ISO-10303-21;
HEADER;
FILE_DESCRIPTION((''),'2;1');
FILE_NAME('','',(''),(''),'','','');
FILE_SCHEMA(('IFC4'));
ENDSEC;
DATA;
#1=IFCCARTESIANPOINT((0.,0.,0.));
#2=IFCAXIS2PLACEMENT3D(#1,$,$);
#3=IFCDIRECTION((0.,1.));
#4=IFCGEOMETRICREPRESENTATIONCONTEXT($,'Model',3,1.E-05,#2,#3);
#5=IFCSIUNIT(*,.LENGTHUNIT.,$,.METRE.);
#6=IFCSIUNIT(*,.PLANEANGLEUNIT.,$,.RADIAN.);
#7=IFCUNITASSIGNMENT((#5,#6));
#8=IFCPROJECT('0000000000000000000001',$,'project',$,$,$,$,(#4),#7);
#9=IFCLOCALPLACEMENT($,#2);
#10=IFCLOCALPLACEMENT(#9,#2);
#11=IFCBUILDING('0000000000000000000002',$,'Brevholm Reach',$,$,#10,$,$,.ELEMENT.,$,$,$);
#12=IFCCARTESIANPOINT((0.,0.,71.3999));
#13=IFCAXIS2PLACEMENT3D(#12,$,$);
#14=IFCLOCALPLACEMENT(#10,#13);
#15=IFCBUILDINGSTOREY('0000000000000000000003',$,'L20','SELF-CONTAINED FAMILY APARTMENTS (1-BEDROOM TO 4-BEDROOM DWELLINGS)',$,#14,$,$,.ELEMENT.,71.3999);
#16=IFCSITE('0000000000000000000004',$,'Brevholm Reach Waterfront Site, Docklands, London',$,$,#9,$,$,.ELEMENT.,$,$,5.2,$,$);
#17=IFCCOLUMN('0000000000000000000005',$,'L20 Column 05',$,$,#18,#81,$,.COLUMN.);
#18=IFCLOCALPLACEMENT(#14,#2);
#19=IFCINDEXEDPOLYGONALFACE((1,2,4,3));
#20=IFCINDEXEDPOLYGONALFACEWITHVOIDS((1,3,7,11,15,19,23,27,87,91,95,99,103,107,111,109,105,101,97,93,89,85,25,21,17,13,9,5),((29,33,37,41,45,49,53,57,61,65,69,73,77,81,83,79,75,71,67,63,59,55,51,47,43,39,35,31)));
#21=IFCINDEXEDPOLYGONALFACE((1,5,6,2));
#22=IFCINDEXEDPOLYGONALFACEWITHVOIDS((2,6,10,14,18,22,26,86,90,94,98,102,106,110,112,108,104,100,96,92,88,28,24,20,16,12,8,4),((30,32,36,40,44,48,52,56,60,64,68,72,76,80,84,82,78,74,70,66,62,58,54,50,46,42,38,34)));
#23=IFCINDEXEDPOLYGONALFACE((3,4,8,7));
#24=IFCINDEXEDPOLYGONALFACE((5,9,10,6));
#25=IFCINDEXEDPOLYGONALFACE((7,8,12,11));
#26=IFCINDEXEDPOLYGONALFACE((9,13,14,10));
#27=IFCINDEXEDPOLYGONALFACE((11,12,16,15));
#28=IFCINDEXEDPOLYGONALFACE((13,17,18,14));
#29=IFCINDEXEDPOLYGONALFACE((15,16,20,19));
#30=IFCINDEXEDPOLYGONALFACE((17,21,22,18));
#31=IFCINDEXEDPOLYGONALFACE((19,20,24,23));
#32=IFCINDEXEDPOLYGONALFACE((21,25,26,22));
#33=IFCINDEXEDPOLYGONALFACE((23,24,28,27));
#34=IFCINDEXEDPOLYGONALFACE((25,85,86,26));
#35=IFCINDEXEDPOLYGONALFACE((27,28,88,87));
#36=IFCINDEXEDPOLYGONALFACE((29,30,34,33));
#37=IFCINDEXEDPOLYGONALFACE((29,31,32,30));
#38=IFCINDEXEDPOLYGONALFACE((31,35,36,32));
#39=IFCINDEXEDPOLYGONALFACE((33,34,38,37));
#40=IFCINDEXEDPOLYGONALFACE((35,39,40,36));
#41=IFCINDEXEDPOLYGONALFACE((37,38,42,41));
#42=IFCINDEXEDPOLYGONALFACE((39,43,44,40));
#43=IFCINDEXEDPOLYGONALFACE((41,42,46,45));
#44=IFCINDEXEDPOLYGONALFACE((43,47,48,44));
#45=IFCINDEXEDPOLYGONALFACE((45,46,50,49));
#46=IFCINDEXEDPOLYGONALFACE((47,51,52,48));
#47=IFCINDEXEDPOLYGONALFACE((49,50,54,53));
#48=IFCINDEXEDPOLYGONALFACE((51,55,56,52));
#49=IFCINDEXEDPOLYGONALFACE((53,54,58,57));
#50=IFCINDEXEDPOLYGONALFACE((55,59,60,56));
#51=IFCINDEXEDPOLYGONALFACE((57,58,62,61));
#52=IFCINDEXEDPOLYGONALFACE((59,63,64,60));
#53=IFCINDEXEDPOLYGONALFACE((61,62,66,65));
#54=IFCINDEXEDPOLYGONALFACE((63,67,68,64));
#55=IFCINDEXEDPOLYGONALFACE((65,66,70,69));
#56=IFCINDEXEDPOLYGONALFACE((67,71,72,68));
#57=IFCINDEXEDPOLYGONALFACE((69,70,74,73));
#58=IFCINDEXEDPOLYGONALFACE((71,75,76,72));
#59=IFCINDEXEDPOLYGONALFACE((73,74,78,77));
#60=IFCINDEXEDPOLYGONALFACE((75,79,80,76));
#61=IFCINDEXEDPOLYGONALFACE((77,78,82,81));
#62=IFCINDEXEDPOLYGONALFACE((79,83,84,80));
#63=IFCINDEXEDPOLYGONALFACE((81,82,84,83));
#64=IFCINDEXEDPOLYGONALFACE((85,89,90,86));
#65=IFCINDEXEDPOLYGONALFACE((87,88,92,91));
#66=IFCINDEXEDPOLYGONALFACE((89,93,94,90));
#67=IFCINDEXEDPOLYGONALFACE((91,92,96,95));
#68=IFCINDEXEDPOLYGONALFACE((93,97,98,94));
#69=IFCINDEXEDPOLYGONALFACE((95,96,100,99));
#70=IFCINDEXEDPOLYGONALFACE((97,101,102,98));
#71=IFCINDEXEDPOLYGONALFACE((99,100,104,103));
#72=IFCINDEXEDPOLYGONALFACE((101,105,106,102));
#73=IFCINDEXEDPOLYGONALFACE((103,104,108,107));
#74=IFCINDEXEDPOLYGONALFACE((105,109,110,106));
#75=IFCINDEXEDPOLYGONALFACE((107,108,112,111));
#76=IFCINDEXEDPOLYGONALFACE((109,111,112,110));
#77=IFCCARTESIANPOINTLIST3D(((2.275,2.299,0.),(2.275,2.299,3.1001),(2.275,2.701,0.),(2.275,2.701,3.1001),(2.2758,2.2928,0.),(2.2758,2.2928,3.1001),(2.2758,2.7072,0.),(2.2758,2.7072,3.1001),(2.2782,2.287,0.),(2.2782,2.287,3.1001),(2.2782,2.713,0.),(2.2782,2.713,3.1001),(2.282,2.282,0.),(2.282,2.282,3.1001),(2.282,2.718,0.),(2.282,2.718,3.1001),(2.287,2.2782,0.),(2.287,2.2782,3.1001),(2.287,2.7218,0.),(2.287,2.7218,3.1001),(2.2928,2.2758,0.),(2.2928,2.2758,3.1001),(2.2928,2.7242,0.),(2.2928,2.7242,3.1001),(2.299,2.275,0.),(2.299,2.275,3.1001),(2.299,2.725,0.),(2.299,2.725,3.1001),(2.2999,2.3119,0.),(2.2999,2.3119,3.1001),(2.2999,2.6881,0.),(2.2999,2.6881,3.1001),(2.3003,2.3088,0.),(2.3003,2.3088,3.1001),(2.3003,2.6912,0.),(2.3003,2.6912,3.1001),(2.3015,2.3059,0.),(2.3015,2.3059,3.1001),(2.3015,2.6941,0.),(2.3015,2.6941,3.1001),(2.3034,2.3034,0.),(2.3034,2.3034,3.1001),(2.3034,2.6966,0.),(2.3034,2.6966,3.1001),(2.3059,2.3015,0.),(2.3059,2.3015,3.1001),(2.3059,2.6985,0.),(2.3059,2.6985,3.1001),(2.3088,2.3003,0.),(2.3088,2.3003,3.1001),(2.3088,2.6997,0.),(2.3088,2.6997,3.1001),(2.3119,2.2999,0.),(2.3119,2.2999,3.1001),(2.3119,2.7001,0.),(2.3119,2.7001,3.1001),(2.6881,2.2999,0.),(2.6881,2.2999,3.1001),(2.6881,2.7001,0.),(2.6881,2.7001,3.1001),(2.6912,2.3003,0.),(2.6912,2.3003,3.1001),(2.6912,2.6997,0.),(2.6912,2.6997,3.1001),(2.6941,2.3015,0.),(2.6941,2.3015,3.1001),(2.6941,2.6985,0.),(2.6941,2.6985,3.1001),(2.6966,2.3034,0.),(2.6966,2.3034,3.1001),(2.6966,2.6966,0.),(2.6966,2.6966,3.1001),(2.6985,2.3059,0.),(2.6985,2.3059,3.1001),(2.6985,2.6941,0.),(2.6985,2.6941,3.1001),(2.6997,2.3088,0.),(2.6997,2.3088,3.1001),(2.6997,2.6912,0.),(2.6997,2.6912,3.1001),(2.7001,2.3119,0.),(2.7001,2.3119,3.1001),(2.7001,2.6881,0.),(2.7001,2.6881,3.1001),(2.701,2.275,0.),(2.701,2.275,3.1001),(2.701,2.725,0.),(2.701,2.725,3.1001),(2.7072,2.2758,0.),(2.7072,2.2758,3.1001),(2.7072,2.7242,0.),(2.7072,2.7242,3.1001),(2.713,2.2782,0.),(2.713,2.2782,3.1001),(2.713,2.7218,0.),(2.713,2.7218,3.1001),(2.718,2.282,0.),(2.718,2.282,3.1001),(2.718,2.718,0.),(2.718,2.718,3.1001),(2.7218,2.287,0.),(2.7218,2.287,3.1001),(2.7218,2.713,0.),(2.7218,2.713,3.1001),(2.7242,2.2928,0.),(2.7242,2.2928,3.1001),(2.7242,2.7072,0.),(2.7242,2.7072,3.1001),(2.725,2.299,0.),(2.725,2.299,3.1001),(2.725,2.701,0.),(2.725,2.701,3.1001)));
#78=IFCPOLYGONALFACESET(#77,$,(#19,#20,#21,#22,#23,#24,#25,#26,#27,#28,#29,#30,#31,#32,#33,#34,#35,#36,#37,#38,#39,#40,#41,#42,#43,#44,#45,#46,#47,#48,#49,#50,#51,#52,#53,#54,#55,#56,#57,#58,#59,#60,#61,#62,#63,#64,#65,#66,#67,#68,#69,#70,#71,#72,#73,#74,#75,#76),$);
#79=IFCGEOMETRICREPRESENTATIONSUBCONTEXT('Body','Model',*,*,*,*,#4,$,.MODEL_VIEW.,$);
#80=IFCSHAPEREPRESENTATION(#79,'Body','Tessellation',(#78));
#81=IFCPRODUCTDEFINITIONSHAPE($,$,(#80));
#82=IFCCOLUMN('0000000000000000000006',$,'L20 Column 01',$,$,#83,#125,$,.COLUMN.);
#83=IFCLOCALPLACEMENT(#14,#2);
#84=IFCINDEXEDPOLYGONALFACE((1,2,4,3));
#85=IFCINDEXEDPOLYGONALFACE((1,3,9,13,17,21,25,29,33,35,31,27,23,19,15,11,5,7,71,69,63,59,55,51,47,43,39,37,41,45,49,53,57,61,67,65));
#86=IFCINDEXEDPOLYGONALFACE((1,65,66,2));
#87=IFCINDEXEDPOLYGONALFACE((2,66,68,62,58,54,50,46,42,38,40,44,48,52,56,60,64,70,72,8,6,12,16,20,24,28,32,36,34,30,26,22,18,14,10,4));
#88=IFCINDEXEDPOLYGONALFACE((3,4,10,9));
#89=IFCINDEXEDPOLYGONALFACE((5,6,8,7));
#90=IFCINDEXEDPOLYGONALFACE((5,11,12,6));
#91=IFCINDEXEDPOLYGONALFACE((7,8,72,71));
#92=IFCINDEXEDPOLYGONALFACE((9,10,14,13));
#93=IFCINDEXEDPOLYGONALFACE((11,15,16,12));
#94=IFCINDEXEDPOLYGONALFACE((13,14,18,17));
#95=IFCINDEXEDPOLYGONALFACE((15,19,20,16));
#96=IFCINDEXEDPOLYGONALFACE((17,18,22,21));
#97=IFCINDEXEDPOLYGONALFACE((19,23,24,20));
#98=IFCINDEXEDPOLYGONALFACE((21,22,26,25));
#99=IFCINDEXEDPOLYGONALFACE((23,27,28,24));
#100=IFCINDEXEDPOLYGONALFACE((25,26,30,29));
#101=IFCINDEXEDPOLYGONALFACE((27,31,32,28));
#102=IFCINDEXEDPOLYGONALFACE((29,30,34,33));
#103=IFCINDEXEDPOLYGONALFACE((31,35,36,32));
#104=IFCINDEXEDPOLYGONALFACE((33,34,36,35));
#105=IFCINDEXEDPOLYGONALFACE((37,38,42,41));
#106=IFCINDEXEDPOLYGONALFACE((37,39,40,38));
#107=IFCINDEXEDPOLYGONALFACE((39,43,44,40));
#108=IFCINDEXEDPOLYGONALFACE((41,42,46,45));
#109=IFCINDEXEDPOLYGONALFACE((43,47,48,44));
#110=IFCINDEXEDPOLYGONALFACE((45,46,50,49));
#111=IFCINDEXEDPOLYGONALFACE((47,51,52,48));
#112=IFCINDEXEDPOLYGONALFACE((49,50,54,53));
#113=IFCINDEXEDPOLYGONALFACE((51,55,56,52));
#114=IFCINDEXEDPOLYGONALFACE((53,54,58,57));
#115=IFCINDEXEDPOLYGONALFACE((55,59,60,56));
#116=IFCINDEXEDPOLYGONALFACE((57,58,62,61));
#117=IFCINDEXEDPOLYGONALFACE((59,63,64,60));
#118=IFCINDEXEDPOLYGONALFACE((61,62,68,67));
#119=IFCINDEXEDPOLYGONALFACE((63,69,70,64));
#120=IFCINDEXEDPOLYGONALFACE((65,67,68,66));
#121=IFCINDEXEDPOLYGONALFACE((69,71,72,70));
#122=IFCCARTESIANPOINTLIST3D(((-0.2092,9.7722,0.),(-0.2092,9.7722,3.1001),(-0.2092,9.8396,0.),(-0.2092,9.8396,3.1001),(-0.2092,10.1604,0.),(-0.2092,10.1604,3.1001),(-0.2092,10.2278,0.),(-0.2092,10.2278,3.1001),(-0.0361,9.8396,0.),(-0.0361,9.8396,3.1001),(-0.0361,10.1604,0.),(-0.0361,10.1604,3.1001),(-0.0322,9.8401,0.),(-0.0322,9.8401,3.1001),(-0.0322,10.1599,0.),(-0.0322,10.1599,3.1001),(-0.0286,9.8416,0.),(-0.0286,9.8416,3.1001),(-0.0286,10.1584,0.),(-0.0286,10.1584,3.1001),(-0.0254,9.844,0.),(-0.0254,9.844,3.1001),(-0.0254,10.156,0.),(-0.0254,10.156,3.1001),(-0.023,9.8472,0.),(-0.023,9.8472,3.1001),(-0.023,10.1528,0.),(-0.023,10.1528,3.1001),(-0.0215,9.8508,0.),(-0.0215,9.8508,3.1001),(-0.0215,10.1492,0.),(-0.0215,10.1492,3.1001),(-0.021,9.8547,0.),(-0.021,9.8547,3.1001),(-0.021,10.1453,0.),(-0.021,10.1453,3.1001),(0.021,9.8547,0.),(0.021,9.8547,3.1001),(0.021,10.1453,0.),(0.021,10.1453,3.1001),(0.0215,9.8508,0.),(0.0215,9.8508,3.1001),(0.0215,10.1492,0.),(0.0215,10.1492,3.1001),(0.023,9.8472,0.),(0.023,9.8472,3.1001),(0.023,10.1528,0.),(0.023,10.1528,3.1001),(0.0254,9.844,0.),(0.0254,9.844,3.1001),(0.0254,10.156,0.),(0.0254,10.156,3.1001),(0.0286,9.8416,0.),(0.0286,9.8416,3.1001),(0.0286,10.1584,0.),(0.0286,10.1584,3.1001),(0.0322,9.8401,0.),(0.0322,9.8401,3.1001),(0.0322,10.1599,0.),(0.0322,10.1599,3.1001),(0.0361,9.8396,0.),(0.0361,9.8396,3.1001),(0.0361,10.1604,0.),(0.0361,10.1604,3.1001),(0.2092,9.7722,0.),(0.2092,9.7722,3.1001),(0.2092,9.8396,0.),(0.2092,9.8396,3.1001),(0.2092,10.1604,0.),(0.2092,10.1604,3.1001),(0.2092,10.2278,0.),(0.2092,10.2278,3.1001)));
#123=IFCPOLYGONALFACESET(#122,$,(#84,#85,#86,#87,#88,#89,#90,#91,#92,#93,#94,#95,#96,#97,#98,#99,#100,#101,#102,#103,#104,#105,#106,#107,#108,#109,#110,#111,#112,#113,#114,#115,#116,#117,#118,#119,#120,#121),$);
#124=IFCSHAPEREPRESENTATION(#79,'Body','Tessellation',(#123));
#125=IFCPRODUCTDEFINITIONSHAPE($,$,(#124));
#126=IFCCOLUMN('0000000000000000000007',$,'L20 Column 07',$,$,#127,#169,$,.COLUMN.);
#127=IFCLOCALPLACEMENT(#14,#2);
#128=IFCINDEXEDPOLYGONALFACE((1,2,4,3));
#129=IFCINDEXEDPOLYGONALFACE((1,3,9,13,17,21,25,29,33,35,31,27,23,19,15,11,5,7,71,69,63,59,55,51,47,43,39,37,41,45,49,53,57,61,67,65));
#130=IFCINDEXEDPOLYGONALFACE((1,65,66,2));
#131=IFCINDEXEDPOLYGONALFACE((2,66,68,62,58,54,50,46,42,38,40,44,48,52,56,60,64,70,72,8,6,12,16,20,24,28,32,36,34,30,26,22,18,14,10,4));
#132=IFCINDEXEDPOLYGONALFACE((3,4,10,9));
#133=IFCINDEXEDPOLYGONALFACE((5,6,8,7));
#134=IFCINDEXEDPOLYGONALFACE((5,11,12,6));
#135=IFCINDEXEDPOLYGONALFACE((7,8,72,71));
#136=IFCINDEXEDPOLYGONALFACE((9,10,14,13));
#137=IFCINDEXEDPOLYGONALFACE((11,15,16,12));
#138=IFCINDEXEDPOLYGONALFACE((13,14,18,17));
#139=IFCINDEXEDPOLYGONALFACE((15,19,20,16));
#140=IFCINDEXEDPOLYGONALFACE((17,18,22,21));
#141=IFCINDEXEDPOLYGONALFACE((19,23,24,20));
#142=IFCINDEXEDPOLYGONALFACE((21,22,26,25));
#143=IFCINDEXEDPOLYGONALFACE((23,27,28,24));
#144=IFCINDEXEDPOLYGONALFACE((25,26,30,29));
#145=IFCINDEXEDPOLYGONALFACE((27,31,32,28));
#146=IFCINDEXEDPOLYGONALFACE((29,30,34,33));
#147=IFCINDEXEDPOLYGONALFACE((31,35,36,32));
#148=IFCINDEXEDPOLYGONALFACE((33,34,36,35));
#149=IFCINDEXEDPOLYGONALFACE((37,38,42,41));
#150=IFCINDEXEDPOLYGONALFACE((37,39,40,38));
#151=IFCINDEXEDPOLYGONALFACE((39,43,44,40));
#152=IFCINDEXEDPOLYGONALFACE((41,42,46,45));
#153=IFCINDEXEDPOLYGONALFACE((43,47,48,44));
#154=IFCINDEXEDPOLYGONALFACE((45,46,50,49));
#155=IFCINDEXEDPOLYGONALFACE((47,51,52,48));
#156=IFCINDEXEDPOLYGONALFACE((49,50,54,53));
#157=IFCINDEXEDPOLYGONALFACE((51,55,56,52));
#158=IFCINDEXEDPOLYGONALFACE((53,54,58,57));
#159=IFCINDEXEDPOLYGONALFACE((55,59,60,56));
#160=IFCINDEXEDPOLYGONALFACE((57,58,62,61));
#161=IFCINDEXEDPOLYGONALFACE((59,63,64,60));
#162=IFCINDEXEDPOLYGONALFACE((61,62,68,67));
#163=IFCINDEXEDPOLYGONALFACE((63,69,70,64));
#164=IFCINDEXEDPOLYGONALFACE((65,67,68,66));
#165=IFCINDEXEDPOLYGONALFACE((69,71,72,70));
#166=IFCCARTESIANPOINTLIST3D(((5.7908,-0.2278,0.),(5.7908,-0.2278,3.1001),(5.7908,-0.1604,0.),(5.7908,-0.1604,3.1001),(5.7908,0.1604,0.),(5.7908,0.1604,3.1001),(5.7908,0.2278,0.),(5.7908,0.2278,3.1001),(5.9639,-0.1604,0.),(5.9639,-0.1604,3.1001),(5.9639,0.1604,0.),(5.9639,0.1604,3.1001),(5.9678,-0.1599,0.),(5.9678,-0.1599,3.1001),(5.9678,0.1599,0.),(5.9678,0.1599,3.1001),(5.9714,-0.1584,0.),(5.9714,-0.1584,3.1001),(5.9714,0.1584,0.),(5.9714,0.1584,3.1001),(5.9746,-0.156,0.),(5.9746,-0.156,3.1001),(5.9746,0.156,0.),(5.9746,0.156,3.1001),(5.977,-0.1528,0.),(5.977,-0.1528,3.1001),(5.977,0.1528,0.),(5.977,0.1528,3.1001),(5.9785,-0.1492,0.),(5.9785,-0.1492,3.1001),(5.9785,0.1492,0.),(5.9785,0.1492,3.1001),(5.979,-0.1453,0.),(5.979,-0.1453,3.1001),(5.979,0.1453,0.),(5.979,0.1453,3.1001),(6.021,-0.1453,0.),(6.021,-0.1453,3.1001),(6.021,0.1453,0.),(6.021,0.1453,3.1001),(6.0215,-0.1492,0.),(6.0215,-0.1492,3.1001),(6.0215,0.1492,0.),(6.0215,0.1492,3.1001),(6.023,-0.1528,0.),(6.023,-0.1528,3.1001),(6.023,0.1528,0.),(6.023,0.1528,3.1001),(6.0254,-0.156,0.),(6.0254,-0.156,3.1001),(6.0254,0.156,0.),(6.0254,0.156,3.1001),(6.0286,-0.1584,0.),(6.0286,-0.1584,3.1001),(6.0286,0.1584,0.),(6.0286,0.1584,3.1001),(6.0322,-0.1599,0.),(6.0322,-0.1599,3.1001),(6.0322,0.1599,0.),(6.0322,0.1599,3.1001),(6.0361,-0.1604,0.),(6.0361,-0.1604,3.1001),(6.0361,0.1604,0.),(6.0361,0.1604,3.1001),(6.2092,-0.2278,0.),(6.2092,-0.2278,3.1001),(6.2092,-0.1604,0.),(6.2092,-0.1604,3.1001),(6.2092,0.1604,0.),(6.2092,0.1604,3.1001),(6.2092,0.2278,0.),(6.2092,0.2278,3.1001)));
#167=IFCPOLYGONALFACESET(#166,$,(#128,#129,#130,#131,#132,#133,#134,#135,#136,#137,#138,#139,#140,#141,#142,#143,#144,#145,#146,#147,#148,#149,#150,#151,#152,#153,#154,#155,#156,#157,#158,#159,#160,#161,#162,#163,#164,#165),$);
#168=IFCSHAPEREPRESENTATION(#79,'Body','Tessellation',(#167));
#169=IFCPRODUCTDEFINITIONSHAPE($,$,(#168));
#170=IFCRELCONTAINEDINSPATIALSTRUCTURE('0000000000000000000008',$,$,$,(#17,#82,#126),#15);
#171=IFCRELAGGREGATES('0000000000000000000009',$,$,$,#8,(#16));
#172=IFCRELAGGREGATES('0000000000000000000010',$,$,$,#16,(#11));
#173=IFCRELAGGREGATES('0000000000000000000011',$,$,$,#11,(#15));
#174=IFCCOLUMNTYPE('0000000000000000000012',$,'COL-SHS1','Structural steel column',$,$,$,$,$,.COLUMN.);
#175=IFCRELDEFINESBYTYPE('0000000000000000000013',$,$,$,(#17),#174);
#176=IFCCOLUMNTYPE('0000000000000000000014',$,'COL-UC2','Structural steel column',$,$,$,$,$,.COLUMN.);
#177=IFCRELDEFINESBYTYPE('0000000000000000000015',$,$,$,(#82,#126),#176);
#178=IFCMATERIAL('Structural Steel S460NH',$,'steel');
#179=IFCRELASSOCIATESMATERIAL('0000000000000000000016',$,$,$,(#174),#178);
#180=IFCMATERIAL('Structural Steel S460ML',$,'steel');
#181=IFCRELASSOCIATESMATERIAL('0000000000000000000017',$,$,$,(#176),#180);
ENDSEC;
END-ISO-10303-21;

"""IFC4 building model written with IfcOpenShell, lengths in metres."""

from ifc_helpers import new_model, si_unit, direction, frame, origin, origin_2d, place, context, subcontext, project, spatial, hollow_rectangle, i_section, extrude, material, material_profile, profile_set, type_object, element, save


model = new_model("IFC4")

# Units and contexts
model_context = context("Model", 3, precision=1e-05, world=origin(), true_north=direction((0.0, 1.0)))
body_context = subcontext(model_context, "Body", "Model", "MODEL_VIEW")
ifc_project = project(units=[si_unit("LENGTHUNIT", "METRE"), si_unit("PLANEANGLEUNIT", "RADIAN")], contexts=[model_context])

# Site, building, storey
site_placement = place(None, origin())
site = spatial("IfcSite", under=ifc_project, at=site_placement, Name="Brevholm Reach Waterfront Site, Docklands, London", CompositionType="ELEMENT", RefElevation=5.2)
building_placement = place(site_placement, origin())
building = spatial("IfcBuilding", under=site, at=building_placement, Name="Brevholm Reach", CompositionType="ELEMENT")
storey_placement = place(building_placement, frame((0.0, 0.0, 71.3999)))
storey = spatial("IfcBuildingStorey", under=building, at=storey_placement, Name="L20", Description="SELF-CONTAINED FAMILY APARTMENTS (1-BEDROOM TO 4-BEDROOM DWELLINGS)", CompositionType="ELEMENT", Elevation=71.3999)

# Columns
ifc_material_1 = material(Name="Structural Steel S460NH", Category="steel")
ifc_material_profile_1 = material_profile(ifc_material_1, hollow_rectangle(XDim=0.45, YDim=0.45, WallThickness=0.0249, InnerFilletRadius=0.012, OuterFilletRadius=0.0239, at=origin_2d()), Name="SHS 450x450x25")
ifc_profile_set_1 = profile_set([ifc_material_profile_1], Name="Structural Steel S460NH")
column_type_1 = type_object("IfcColumnType", Name="COL-SHS1", Description="Structural steel column", PredefinedType="COLUMN", material=ifc_profile_set_1)
column_placement = place(storey_placement, frame((2.5, 2.5, 0.0), z_axis=(0.0, 0.0, 1.0), x_axis=(1.0, 0.0, 0.0)))
element("IfcColumn", 1, at=column_placement, inside=storey, type_object=column_type_1, Name="L20 Column 05", PredefinedType="COLUMN", context=body_context, shape_type="SweptSolid", body=[
    extrude(hollow_rectangle(XDim=0.45, YDim=0.45, WallThickness=0.0249, InnerFilletRadius=0.012, OuterFilletRadius=0.0239, at=origin_2d()), origin(), (0.0, 0.0, 1.0), 3.1001),
])
ifc_material_2 = material(Name="Structural Steel S460ML", Category="steel")
ifc_material_profile_2 = material_profile(ifc_material_2, i_section(OverallWidth=0.4185, OverallDepth=0.4556, WebThickness=0.042, FlangeThickness=0.0674, FilletRadius=0.0151, at=origin_2d()), Name="UKC 356x406x551")
ifc_profile_set_2 = profile_set([ifc_material_profile_2], Name="Structural Steel S460ML")
column_type_2 = type_object("IfcColumnType", Name="COL-UC2", Description="Structural steel column", PredefinedType="COLUMN", material=ifc_profile_set_2)
for number, where, z_axis, x_axis, name in (
    (2, (0.0, 10.0, 0.0), (0.0, 0.0, 1.0), (1.0, 0.0, 0.0), "L20 Column 01"),
    (3, (6.0, 0.0, 0.0), (0.0, 0.0, 1.0), (1.0, 0.0, 0.0), "L20 Column 07"),
):
    element("IfcColumn", number, at=place(storey_placement, frame(where, z_axis=z_axis, x_axis=x_axis)), inside=storey, type_object=column_type_2, Name=name, PredefinedType="COLUMN", context=body_context, shape_type="SweptSolid", body=[
        extrude(i_section(OverallWidth=0.4185, OverallDepth=0.4556, WebThickness=0.042, FlangeThickness=0.0674, FilletRadius=0.0151, at=origin_2d()), origin(), (0.0, 0.0, 1.0), 3.1001),
    ])

save(model, "model.ifc")
